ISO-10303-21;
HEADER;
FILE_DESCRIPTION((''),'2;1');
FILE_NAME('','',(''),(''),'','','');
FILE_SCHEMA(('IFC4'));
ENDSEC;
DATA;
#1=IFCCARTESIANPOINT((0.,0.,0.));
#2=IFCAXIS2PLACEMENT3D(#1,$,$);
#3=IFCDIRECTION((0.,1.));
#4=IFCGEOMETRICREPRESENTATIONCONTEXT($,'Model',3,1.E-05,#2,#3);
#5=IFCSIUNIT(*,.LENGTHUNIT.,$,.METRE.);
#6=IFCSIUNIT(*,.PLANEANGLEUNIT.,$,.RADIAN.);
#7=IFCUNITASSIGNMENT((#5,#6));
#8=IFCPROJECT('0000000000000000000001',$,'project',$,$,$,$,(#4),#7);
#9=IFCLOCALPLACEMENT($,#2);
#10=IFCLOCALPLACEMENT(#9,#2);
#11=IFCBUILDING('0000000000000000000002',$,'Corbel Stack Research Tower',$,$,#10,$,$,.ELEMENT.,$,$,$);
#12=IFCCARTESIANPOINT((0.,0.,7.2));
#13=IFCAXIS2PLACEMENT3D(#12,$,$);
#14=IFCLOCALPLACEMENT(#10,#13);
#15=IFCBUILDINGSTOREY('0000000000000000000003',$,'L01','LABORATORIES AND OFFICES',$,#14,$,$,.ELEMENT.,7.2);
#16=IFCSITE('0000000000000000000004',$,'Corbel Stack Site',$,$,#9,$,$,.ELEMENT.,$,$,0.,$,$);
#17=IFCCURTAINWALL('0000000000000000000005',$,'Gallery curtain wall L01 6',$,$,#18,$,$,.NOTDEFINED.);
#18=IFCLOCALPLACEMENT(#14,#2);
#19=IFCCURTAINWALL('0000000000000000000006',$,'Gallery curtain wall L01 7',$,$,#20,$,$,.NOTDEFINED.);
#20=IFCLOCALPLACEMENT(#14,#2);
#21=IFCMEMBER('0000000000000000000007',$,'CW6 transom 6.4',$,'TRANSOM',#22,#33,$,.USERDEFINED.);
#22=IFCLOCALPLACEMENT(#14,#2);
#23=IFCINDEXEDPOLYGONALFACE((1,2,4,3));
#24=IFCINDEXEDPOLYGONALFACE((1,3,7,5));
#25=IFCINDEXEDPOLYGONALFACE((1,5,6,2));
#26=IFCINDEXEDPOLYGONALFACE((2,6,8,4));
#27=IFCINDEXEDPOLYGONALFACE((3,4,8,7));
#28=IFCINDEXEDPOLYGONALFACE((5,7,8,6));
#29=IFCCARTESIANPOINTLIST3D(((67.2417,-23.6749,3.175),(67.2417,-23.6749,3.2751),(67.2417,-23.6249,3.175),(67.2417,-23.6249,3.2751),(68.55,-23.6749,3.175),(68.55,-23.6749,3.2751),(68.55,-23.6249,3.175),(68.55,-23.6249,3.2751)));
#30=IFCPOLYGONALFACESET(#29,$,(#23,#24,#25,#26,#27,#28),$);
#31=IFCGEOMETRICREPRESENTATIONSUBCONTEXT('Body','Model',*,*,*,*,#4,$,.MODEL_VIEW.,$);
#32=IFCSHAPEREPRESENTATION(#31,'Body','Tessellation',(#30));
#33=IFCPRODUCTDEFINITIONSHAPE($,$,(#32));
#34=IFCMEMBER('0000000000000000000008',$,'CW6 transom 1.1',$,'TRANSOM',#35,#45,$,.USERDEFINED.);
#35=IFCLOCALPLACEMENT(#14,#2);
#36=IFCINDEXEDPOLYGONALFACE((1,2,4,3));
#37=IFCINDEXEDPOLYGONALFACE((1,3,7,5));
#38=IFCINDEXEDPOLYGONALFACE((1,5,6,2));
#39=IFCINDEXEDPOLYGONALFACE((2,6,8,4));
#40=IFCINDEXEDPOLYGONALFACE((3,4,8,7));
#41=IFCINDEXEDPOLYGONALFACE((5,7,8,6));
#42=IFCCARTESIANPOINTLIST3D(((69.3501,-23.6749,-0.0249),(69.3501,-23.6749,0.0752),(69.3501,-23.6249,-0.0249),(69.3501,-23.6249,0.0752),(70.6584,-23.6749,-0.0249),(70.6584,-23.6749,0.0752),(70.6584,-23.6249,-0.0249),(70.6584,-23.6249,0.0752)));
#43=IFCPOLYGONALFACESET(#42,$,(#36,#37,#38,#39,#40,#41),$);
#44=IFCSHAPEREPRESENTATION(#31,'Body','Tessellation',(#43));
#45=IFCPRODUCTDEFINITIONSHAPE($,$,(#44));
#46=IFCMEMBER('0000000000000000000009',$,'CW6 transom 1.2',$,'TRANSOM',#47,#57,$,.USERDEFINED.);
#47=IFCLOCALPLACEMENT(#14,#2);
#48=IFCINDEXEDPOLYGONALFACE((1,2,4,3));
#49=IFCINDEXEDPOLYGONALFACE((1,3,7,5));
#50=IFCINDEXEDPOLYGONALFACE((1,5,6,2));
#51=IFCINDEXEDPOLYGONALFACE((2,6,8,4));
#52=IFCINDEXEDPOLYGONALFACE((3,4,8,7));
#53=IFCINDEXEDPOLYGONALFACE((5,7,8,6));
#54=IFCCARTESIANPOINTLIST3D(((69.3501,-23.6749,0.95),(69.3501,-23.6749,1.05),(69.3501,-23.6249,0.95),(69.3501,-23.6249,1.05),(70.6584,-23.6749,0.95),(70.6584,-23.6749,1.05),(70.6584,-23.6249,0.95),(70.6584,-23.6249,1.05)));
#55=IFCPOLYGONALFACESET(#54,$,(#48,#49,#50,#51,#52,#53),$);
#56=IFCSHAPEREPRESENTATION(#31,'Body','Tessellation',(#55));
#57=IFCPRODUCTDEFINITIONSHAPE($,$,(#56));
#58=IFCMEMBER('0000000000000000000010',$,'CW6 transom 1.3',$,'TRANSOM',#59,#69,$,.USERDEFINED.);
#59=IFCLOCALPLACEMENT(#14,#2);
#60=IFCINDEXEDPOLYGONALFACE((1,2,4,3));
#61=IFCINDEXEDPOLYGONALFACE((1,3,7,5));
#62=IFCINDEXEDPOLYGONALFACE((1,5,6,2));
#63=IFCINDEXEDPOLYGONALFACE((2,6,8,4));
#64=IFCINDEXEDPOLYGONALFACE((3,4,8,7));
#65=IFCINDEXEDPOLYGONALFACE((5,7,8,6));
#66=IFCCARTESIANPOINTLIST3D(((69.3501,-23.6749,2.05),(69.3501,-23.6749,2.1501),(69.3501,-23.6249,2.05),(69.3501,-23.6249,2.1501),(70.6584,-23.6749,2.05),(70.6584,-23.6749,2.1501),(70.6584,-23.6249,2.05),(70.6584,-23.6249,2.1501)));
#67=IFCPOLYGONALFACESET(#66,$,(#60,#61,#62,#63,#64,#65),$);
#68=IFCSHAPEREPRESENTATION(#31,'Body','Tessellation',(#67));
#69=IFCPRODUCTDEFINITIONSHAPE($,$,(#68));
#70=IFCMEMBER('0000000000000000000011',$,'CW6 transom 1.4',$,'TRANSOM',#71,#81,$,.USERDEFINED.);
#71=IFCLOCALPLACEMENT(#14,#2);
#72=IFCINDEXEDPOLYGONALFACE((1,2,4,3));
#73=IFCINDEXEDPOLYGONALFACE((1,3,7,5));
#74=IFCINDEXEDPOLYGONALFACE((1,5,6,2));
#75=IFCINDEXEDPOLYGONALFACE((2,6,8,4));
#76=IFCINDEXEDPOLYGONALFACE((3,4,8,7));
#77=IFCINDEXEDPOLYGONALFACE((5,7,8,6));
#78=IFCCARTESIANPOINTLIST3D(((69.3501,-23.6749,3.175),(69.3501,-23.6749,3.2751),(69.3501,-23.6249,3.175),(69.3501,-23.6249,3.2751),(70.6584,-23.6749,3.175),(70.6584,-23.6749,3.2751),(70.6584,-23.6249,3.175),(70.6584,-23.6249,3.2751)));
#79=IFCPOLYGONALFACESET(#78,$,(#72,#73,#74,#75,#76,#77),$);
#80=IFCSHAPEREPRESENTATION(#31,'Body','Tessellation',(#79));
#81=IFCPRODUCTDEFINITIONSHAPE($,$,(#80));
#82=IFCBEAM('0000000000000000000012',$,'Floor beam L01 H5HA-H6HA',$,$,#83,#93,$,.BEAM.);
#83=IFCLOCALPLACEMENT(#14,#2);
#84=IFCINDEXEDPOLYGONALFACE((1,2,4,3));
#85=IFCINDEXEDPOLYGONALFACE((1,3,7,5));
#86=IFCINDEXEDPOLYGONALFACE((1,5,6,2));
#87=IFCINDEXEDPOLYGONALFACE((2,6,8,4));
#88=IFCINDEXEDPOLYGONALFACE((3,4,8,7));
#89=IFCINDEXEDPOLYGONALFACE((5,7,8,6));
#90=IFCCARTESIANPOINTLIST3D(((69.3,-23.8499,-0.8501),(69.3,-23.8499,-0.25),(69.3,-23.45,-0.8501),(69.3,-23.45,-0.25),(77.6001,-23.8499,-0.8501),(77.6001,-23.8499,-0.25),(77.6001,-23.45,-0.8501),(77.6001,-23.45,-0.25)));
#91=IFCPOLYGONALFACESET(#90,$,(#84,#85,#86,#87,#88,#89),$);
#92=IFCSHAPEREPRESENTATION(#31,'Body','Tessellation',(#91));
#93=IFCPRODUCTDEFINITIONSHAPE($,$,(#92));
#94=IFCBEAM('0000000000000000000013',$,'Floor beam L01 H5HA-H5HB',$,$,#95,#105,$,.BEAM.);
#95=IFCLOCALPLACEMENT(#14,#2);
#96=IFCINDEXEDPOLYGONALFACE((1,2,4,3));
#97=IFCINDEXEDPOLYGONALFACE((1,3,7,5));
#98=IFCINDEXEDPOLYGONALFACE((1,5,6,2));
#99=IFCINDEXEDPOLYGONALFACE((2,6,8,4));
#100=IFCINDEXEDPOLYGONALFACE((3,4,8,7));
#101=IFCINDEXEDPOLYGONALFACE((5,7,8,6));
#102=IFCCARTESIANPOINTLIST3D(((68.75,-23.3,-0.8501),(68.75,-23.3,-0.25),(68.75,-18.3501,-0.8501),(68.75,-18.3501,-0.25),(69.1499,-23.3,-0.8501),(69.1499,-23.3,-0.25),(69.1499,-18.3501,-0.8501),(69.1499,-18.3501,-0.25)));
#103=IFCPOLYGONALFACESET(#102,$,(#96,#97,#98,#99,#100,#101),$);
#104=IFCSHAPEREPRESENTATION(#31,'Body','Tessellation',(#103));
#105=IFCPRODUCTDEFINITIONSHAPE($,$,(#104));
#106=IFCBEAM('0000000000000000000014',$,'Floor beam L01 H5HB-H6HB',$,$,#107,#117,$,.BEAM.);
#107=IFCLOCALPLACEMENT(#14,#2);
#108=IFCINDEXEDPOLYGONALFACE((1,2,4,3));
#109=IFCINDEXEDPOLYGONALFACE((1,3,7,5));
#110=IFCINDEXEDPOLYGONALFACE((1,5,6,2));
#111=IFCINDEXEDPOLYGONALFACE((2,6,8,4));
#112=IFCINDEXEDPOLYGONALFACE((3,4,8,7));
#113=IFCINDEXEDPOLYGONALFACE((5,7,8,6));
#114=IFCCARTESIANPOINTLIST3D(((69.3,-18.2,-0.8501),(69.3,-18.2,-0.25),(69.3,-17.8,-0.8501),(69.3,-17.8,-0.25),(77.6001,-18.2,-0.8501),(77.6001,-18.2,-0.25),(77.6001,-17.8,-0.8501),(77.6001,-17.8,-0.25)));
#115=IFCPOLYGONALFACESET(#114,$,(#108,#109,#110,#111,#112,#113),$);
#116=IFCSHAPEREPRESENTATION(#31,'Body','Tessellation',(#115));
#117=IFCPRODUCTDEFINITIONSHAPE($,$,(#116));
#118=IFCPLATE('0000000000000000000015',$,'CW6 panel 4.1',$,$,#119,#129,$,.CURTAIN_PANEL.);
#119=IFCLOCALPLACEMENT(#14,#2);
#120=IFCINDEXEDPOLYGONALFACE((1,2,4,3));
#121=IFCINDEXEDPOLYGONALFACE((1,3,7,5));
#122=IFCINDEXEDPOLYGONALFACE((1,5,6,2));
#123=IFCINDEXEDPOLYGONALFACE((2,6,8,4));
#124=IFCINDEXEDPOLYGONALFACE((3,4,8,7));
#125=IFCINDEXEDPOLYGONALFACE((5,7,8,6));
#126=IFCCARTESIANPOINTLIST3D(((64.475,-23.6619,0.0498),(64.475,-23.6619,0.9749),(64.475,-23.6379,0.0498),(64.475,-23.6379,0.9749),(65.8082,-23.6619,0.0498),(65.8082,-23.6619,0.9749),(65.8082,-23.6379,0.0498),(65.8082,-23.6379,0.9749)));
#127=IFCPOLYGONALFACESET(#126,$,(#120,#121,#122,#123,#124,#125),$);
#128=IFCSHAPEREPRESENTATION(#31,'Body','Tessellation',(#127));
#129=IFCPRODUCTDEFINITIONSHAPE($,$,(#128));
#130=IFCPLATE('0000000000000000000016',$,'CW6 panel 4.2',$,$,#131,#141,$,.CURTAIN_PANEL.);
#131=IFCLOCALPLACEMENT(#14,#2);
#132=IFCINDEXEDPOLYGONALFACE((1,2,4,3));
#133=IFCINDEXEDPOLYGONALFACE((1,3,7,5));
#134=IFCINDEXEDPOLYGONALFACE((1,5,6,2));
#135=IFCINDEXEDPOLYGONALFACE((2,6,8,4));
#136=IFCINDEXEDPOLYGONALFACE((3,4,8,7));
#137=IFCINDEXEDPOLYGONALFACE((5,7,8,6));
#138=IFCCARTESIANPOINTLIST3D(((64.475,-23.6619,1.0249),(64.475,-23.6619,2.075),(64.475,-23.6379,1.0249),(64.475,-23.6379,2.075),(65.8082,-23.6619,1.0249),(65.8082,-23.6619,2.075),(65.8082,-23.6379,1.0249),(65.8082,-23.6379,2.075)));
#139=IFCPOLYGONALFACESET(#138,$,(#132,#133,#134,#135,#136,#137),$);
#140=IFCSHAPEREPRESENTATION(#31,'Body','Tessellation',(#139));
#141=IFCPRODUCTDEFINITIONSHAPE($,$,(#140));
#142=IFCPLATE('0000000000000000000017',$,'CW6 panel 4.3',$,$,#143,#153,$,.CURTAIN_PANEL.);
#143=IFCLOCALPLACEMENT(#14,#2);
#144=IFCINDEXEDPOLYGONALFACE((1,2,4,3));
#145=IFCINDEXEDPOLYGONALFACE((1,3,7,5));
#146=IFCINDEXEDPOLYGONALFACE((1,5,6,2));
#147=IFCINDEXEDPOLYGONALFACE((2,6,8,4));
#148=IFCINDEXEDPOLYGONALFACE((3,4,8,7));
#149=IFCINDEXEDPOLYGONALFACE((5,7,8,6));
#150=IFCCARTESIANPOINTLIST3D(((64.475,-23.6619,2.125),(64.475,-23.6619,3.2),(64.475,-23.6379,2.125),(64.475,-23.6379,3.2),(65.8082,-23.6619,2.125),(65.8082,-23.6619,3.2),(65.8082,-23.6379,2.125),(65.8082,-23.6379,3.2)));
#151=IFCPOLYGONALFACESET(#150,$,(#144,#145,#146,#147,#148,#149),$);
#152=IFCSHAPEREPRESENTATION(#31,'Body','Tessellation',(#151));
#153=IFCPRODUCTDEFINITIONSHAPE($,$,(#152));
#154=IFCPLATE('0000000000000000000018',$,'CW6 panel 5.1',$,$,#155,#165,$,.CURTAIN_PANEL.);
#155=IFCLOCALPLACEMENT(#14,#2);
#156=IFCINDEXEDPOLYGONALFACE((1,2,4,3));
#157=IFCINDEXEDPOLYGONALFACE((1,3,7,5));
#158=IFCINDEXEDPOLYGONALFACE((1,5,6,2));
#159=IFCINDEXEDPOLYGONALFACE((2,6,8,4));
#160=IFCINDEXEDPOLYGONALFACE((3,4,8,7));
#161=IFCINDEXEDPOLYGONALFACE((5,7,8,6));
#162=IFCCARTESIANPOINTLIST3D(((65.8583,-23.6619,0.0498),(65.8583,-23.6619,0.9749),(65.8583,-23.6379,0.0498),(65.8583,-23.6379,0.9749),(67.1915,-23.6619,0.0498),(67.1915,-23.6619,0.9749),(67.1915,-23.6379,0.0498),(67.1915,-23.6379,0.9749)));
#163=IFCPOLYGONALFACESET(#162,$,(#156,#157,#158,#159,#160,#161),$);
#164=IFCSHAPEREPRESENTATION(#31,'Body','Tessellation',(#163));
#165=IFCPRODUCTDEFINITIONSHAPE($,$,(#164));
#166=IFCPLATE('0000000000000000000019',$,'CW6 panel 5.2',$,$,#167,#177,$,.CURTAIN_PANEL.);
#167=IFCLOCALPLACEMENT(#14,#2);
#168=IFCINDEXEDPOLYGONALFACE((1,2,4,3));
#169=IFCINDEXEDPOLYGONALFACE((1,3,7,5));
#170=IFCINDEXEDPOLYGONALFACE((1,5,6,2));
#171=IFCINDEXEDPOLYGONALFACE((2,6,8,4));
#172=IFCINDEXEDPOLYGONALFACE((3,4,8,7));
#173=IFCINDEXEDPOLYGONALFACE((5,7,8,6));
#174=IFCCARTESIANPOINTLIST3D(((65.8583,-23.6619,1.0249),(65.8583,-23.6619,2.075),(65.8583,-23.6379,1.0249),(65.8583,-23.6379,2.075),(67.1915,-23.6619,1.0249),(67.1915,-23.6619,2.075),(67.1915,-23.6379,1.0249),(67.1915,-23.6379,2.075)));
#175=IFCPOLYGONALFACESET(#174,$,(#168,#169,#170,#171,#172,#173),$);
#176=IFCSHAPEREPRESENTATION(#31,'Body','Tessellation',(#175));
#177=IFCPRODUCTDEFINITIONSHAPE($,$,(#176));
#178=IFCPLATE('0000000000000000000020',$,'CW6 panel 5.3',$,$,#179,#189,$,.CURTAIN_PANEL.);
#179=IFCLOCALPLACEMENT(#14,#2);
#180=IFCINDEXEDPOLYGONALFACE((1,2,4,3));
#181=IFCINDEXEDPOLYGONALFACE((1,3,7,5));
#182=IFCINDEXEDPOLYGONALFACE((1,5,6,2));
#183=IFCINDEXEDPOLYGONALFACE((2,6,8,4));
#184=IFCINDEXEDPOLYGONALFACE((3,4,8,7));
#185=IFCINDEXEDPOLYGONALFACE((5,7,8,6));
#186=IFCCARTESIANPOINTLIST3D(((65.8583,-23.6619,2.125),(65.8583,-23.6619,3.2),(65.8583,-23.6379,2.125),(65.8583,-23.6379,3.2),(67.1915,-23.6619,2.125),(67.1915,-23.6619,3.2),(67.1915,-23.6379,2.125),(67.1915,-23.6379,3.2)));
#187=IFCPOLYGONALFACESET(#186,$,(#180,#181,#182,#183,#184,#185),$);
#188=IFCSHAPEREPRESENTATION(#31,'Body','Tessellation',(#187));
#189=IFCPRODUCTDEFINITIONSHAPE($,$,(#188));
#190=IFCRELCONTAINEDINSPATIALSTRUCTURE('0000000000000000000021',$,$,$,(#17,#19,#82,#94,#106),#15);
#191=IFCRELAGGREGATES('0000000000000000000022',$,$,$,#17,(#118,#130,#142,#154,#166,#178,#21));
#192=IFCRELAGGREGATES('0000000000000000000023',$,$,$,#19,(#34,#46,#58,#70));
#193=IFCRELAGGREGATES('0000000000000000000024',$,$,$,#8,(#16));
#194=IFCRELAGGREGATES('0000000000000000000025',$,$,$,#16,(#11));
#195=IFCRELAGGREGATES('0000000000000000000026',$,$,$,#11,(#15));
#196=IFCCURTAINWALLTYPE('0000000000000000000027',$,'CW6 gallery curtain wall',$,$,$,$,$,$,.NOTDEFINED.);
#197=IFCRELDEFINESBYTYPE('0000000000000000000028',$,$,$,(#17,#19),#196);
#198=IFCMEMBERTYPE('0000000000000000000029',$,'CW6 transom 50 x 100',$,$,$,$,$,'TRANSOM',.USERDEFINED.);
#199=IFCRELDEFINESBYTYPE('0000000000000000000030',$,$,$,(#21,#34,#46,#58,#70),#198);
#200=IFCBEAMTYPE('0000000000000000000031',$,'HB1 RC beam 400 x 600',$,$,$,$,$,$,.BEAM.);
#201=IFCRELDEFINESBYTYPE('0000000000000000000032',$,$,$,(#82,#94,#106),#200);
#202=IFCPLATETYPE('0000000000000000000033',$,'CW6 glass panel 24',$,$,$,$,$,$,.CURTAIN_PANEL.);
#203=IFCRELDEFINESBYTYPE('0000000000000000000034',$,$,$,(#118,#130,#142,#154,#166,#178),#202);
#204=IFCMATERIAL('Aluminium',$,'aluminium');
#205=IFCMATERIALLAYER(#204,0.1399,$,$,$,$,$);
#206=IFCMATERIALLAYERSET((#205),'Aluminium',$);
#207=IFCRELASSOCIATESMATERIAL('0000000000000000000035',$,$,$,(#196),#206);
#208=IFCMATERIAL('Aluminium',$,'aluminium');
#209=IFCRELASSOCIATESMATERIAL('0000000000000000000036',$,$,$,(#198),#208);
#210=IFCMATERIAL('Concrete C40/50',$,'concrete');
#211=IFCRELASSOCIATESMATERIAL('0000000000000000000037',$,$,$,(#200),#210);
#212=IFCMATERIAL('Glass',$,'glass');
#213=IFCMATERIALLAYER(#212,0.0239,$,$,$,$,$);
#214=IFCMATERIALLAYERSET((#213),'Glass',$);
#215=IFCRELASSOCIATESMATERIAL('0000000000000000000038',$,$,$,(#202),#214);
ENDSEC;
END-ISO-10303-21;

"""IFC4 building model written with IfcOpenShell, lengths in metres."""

from ifc_helpers import new_model, si_unit, direction, frame, origin, origin_2d, place, context, subcontext, project, spatial, rectangle, extrude, material, layer, layer_set, material_profile, profile_set, type_object, element, aggregate, save


model = new_model("IFC4")

# Units and contexts
model_context = context("Model", 3, precision=1e-05, world=origin(), true_north=direction((0.0, 1.0)))
body_context = subcontext(model_context, "Body", "Model", "MODEL_VIEW")
ifc_project = project(units=[si_unit("LENGTHUNIT", "METRE"), si_unit("PLANEANGLEUNIT", "RADIAN")], contexts=[model_context])

# Site, building, storey
site_placement = place(None, origin())
site = spatial("IfcSite", under=ifc_project, at=site_placement, Name="Corbel Stack Site", CompositionType="ELEMENT", RefElevation=0.0)
building_placement = place(site_placement, origin())
building = spatial("IfcBuilding", under=site, at=building_placement, Name="Corbel Stack Research Tower", CompositionType="ELEMENT")
storey_placement = place(building_placement, frame((0.0, 0.0, 7.2)))
storey = spatial("IfcBuildingStorey", under=building, at=storey_placement, Name="L01", Description="LABORATORIES AND OFFICES", CompositionType="ELEMENT", Elevation=7.2)

# Curtain walls
ifc_material_1 = material(Name="Aluminium", Category="aluminium")
ifc_layer_1 = layer(ifc_material_1, 0.1399)
ifc_layer_set_1 = layer_set([ifc_layer_1], Name="Aluminium")
curtain_wall_type = type_object("IfcCurtainWallType", Name="CW6 gallery curtain wall", PredefinedType="NOTDEFINED", material=ifc_layer_set_1)
curtain_wall_1_placement = place(storey_placement, origin())
curtain_wall_1 = element("IfcCurtainWall", 1, at=curtain_wall_1_placement, inside=storey, type_object=curtain_wall_type, Name="Gallery curtain wall L01 6", PredefinedType="NOTDEFINED")
curtain_wall_2_placement = place(storey_placement, origin())
curtain_wall_2 = element("IfcCurtainWall", 2, at=curtain_wall_2_placement, inside=storey, type_object=curtain_wall_type, Name="Gallery curtain wall L01 7", PredefinedType="NOTDEFINED")

# Members
ifc_material_2 = material(Name="Aluminium", Category="aluminium")
ifc_material_profile_1 = material_profile(ifc_material_2, rectangle(XDim=0.05, YDim=0.1001, at=origin_2d()), Name="Transom 50 x 100")
ifc_profile_set_1 = profile_set([ifc_material_profile_1], Name="Aluminium")
member_type_1 = type_object("IfcMemberType", Name="CW6 transom 50 x 100", ElementType="TRANSOM", PredefinedType="USERDEFINED", material=ifc_profile_set_1)
member_1_placement = place(storey_placement, frame((67.2417, -23.6499, 3.2251), z_axis=(1.0, 0.0, 0.0), x_axis=(0.0, 1.0, 0.0)))
member_1 = element("IfcMember", 3, at=member_1_placement, type_object=member_type_1, Name="CW6 transom 6.4", ObjectType="TRANSOM", PredefinedType="USERDEFINED", context=body_context, shape_type="SweptSolid", body=[
    extrude(rectangle(XDim=0.05, YDim=0.1001, at=origin_2d()), origin(), (0.0, 0.0, 1.0), 1.3083),
])
member_2_placement = place(storey_placement, frame((69.3501, -23.6499, 0.0251), z_axis=(1.0, 0.0, 0.0), x_axis=(0.0, 1.0, 0.0)))
member_2 = element("IfcMember", 4, at=member_2_placement, type_object=member_type_1, Name="CW6 transom 1.1", ObjectType="TRANSOM", PredefinedType="USERDEFINED", context=body_context, shape_type="SweptSolid", body=[
    extrude(rectangle(XDim=0.05, YDim=0.1001, at=origin_2d()), origin(), (0.0, 0.0, 1.0), 1.3083),
])
member_3_placement = place(storey_placement, frame((69.3501, -23.6499, 1.0), z_axis=(1.0, 0.0, 0.0), x_axis=(0.0, 1.0, 0.0)))
member_3 = element("IfcMember", 5, at=member_3_placement, type_object=member_type_1, Name="CW6 transom 1.2", ObjectType="TRANSOM", PredefinedType="USERDEFINED", context=body_context, shape_type="SweptSolid", body=[
    extrude(rectangle(XDim=0.05, YDim=0.1001, at=origin_2d()), origin(), (0.0, 0.0, 1.0), 1.3083),
])
member_4_placement = place(storey_placement, frame((69.3501, -23.6499, 2.1001), z_axis=(1.0, 0.0, 0.0), x_axis=(0.0, 1.0, 0.0)))
member_4 = element("IfcMember", 6, at=member_4_placement, type_object=member_type_1, Name="CW6 transom 1.3", ObjectType="TRANSOM", PredefinedType="USERDEFINED", context=body_context, shape_type="SweptSolid", body=[
    extrude(rectangle(XDim=0.05, YDim=0.1001, at=origin_2d()), origin(), (0.0, 0.0, 1.0), 1.3083),
])
member_5_placement = place(storey_placement, frame((69.3501, -23.6499, 3.2251), z_axis=(1.0, 0.0, 0.0), x_axis=(0.0, 1.0, 0.0)))
member_5 = element("IfcMember", 7, at=member_5_placement, type_object=member_type_1, Name="CW6 transom 1.4", ObjectType="TRANSOM", PredefinedType="USERDEFINED", context=body_context, shape_type="SweptSolid", body=[
    extrude(rectangle(XDim=0.05, YDim=0.1001, at=origin_2d()), origin(), (0.0, 0.0, 1.0), 1.3083),
])

# Beams
ifc_material_3 = material(Name="Concrete C40/50", Category="concrete")
ifc_material_profile_2 = material_profile(ifc_material_3, rectangle(XDim=0.3999, YDim=0.6001, at=origin_2d()), Name="RC 400 x 600")
ifc_profile_set_2 = profile_set([ifc_material_profile_2], Name="Concrete C40/50")
beam_type = type_object("IfcBeamType", Name="HB1 RC beam 400 x 600", PredefinedType="BEAM", material=ifc_profile_set_2)
beam_1_placement = place(storey_placement, frame((69.3, -23.6499, -0.55), z_axis=(1.0, 0.0, 0.0), x_axis=(0.0, 1.0, 0.0)))
element("IfcBeam", 8, at=beam_1_placement, inside=storey, type_object=beam_type, Name="Floor beam L01 H5HA-H6HA", PredefinedType="BEAM", context=body_context, shape_type="SweptSolid", body=[
    extrude(rectangle(XDim=0.3999, YDim=0.6001, at=origin_2d()), origin(), (0.0, 0.0, 1.0), 8.3),
])
beam_2_placement = place(storey_placement, frame((68.95, -23.3, -0.55), z_axis=(0.0, 1.0, 0.0), x_axis=(-1.0, 0.0, 0.0)))
element("IfcBeam", 9, at=beam_2_placement, inside=storey, type_object=beam_type, Name="Floor beam L01 H5HA-H5HB", PredefinedType="BEAM", context=body_context, shape_type="SweptSolid", body=[
    extrude(rectangle(XDim=0.3999, YDim=0.6001, at=origin_2d()), origin(), (0.0, 0.0, 1.0), 4.95),
])
beam_3_placement = place(storey_placement, frame((69.3, -18.0, -0.55), z_axis=(1.0, 0.0, 0.0), x_axis=(0.0, 1.0, 0.0)))
element("IfcBeam", 10, at=beam_3_placement, inside=storey, type_object=beam_type, Name="Floor beam L01 H5HB-H6HB", PredefinedType="BEAM", context=body_context, shape_type="SweptSolid", body=[
    extrude(rectangle(XDim=0.3999, YDim=0.6001, at=origin_2d()), origin(), (0.0, 0.0, 1.0), 8.3),
])

# Plates
ifc_material_4 = material(Name="Glass", Category="glass")
ifc_layer_2 = layer(ifc_material_4, 0.0239)
ifc_layer_set_2 = layer_set([ifc_layer_2], Name="Glass")
plate_type = type_object("IfcPlateType", Name="CW6 glass panel 24", PredefinedType="CURTAIN_PANEL", material=ifc_layer_set_2)
plate_1_placement = place(storey_placement, frame((65.1416, -23.6499, 0.0498), z_axis=(0.0, 0.0, 1.0), x_axis=(1.0, 0.0, 0.0)))
plate_1 = element("IfcPlate", 11, at=plate_1_placement, type_object=plate_type, Name="CW6 panel 4.1", PredefinedType="CURTAIN_PANEL", context=body_context, shape_type="SweptSolid", body=[
    extrude(rectangle(XDim=1.3333, YDim=0.0239, at=origin_2d()), origin(), (0.0, 0.0, 1.0), 0.925),
])
plate_2_placement = place(storey_placement, frame((65.1416, -23.6499, 1.0249), z_axis=(0.0, 0.0, 1.0), x_axis=(1.0, 0.0, 0.0)))
plate_2 = element("IfcPlate", 12, at=plate_2_placement, type_object=plate_type, Name="CW6 panel 4.2", PredefinedType="CURTAIN_PANEL", context=body_context, shape_type="SweptSolid", body=[
    extrude(rectangle(XDim=1.3333, YDim=0.0239, at=origin_2d()), origin(), (0.0, 0.0, 1.0), 1.05),
])
plate_3_placement = place(storey_placement, frame((65.1416, -23.6499, 2.125), z_axis=(0.0, 0.0, 1.0), x_axis=(1.0, 0.0, 0.0)))
plate_3 = element("IfcPlate", 13, at=plate_3_placement, type_object=plate_type, Name="CW6 panel 4.3", PredefinedType="CURTAIN_PANEL", context=body_context, shape_type="SweptSolid", body=[
    extrude(rectangle(XDim=1.3333, YDim=0.0239, at=origin_2d()), origin(), (0.0, 0.0, 1.0), 1.075),
])
plate_4_placement = place(storey_placement, frame((66.5249, -23.6499, 0.0498), z_axis=(0.0, 0.0, 1.0), x_axis=(1.0, 0.0, 0.0)))
plate_4 = element("IfcPlate", 14, at=plate_4_placement, type_object=plate_type, Name="CW6 panel 5.1", PredefinedType="CURTAIN_PANEL", context=body_context, shape_type="SweptSolid", body=[
    extrude(rectangle(XDim=1.3333, YDim=0.0239, at=origin_2d()), origin(), (0.0, 0.0, 1.0), 0.925),
])
plate_5_placement = place(storey_placement, frame((66.5249, -23.6499, 1.0249), z_axis=(0.0, 0.0, 1.0), x_axis=(1.0, 0.0, 0.0)))
plate_5 = element("IfcPlate", 15, at=plate_5_placement, type_object=plate_type, Name="CW6 panel 5.2", PredefinedType="CURTAIN_PANEL", context=body_context, shape_type="SweptSolid", body=[
    extrude(rectangle(XDim=1.3333, YDim=0.0239, at=origin_2d()), origin(), (0.0, 0.0, 1.0), 1.05),
])
plate_6_placement = place(storey_placement, frame((66.5249, -23.6499, 2.125), z_axis=(0.0, 0.0, 1.0), x_axis=(1.0, 0.0, 0.0)))
plate_6 = element("IfcPlate", 16, at=plate_6_placement, type_object=plate_type, Name="CW6 panel 5.3", PredefinedType="CURTAIN_PANEL", context=body_context, shape_type="SweptSolid", body=[
    extrude(rectangle(XDim=1.3333, YDim=0.0239, at=origin_2d()), origin(), (0.0, 0.0, 1.0), 1.075),
])
aggregate(curtain_wall_1, [plate_1, plate_2, plate_3, plate_4, plate_5, plate_6, member_1])
aggregate(curtain_wall_2, [member_2, member_3, member_4, member_5])

save(model, "model.ifc")
